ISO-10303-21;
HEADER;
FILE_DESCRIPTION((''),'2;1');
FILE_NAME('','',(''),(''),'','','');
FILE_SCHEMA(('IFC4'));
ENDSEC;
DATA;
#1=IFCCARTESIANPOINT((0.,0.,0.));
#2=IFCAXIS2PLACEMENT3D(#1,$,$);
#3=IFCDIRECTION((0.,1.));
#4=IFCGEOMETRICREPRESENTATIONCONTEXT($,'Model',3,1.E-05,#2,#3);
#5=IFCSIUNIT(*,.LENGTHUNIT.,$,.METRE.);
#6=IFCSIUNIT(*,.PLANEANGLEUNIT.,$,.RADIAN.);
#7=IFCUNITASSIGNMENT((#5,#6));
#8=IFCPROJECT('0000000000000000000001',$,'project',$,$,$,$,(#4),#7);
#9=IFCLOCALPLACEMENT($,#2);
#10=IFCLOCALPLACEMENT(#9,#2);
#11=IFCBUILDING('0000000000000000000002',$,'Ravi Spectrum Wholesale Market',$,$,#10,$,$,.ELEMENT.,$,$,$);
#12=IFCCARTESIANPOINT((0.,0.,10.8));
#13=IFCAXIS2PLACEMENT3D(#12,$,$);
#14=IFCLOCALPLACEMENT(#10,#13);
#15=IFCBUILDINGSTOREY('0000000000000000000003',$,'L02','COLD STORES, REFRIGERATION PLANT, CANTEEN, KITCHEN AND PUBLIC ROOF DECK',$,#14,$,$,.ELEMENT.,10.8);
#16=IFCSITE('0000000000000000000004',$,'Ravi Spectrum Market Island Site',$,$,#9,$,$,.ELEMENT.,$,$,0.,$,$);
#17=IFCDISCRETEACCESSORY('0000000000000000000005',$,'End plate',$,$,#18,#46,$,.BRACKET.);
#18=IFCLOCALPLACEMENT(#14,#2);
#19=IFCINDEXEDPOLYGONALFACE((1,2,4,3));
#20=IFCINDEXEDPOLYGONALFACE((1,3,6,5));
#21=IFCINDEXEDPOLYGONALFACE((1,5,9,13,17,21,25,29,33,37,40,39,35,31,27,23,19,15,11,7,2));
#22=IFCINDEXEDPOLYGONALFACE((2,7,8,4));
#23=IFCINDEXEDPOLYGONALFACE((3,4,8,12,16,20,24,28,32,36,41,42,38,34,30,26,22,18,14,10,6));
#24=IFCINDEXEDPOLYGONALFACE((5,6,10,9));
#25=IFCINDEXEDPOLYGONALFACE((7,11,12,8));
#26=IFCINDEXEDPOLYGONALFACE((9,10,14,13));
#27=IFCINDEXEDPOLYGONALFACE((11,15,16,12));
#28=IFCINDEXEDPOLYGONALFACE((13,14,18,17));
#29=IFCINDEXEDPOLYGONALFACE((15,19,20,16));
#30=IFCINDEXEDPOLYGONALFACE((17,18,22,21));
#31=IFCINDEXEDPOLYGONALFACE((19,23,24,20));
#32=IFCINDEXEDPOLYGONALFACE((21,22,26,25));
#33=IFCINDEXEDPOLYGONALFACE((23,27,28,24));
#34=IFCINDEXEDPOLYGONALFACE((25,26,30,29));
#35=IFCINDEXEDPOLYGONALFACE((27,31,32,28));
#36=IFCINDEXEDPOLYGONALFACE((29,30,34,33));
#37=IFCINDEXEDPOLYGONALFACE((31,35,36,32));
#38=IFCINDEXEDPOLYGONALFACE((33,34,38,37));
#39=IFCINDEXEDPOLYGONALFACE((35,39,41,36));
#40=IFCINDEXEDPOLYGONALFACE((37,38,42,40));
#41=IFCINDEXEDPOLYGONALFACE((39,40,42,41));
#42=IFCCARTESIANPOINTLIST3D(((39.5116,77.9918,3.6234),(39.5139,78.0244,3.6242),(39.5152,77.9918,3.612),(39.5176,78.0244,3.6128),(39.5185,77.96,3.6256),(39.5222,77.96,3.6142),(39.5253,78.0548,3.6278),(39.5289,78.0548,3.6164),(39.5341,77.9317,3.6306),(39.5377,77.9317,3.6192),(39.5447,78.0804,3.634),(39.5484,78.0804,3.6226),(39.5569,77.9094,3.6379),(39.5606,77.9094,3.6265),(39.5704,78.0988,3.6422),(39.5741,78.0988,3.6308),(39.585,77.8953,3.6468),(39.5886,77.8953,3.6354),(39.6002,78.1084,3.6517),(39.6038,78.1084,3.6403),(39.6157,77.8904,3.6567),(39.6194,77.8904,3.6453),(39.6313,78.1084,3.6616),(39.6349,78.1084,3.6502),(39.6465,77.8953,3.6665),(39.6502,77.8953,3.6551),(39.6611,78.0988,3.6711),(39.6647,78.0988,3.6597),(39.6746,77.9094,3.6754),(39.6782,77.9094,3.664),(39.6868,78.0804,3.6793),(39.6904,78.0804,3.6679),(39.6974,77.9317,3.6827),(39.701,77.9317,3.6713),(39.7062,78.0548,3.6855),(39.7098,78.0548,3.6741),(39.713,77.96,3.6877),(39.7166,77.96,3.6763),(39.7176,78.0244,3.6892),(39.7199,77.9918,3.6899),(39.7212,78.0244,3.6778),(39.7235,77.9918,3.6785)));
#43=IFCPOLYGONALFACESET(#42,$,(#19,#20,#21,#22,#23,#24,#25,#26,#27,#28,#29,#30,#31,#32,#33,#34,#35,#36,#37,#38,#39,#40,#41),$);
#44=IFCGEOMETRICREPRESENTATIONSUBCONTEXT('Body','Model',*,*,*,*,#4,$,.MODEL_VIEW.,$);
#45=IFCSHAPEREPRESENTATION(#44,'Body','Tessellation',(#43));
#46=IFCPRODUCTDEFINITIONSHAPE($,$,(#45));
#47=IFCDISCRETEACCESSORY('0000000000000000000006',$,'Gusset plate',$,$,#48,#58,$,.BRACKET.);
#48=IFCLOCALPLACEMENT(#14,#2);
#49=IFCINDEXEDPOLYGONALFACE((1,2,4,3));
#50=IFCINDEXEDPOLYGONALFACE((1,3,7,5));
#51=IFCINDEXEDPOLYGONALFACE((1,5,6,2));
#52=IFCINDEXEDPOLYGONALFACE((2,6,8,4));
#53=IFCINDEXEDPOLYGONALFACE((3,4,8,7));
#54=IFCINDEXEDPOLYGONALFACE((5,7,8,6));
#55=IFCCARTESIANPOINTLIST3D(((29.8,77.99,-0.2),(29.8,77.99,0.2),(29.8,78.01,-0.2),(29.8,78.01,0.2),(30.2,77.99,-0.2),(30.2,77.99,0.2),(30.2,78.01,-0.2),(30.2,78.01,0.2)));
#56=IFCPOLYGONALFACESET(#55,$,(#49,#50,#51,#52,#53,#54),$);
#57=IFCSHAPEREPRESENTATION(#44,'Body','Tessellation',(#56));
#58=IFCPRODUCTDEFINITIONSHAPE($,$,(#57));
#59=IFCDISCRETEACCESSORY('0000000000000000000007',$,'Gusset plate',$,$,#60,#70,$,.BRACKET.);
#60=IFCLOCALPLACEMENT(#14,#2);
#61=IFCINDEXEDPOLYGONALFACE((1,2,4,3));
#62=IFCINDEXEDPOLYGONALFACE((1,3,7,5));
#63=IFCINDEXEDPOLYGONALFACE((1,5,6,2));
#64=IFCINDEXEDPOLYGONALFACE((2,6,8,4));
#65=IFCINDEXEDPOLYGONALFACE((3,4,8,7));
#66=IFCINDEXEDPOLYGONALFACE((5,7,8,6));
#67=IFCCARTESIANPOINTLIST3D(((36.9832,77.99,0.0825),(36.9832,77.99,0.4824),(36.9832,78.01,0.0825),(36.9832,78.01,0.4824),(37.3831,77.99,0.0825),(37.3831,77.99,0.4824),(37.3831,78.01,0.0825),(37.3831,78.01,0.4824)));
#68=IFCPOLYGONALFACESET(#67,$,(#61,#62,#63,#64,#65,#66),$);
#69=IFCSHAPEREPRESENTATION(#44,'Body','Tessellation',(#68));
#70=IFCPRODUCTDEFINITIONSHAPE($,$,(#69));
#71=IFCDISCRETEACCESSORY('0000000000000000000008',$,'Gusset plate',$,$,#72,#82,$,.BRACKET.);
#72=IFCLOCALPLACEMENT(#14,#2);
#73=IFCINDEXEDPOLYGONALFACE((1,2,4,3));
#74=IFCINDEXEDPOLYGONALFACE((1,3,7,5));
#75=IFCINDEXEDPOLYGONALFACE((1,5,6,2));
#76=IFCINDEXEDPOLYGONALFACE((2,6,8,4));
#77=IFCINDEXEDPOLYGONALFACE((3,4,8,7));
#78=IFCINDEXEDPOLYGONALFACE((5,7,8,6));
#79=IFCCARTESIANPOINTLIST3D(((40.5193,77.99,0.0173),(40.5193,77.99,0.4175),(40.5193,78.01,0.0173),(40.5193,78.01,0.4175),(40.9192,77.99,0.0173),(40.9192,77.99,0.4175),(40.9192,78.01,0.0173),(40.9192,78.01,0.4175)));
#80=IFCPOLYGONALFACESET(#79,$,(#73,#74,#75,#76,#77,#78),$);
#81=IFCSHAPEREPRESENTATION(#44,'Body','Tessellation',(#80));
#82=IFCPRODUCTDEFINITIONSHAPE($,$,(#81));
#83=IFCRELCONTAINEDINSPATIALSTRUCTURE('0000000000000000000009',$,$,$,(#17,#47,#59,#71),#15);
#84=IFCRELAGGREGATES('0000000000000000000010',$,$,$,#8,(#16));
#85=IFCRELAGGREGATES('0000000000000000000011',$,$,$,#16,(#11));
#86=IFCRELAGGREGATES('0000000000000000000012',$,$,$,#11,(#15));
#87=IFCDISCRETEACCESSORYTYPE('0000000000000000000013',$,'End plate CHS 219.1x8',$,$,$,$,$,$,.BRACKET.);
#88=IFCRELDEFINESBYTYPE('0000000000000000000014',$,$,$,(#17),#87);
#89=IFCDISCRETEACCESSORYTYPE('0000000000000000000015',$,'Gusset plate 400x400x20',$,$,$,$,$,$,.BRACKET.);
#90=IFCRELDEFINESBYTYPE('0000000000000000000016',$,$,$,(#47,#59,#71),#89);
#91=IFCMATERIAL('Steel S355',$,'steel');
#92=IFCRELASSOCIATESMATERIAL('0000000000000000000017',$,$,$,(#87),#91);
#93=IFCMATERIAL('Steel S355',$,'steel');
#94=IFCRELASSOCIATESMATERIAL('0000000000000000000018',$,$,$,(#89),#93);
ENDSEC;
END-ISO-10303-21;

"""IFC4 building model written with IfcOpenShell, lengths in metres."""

from ifc_helpers import new_model, si_unit, direction, frame, origin, origin_2d, place, context, subcontext, project, spatial, rectangle, circle, extrude, material, material_profile, profile_set, type_object, element, save


model = new_model("IFC4")

# Units and contexts
model_context = context("Model", 3, precision=1e-05, world=origin(), true_north=direction((0.0, 1.0)))
body_context = subcontext(model_context, "Body", "Model", "MODEL_VIEW")
ifc_project = project(units=[si_unit("LENGTHUNIT", "METRE"), si_unit("PLANEANGLEUNIT", "RADIAN")], contexts=[model_context])

# Site, building, storey
site_placement = place(None, origin())
site = spatial("IfcSite", under=ifc_project, at=site_placement, Name="Ravi Spectrum Market Island Site", CompositionType="ELEMENT", RefElevation=0.0)
building_placement = place(site_placement, origin())
building = spatial("IfcBuilding", under=site, at=building_placement, Name="Ravi Spectrum Wholesale Market", CompositionType="ELEMENT")
storey_placement = place(building_placement, frame((0.0, 0.0, 10.8)))
storey = spatial("IfcBuildingStorey", under=building, at=storey_placement, Name="L02", Description="COLD STORES, REFRIGERATION PLANT, CANTEEN, KITCHEN AND PUBLIC ROOF DECK", CompositionType="ELEMENT", Elevation=10.8)

# Discrete accessories
ifc_material_1 = material(Name="Steel S355", Category="steel")
ifc_material_profile_1 = material_profile(ifc_material_1, circle(Radius=0.1096, at=origin_2d()))
ifc_profile_set_1 = profile_set([ifc_material_profile_1], Name="Steel S355")
discrete_accessory_type_1 = type_object("IfcDiscreteAccessoryType", Name="End plate CHS 219.1x8", PredefinedType="BRACKET", material=ifc_profile_set_1)
for number, where, z_axis, x_axis, name in (
    (1, (39.6194, 78.0, 3.6453), (-0.30404, 0.0, 0.952659), (0.0, -1.0, 0.0), "End plate"),
):
    element("IfcDiscreteAccessory", number, at=place(storey_placement, frame(where, z_axis=z_axis, x_axis=x_axis)), inside=storey, type_object=discrete_accessory_type_1, Name=name, PredefinedType="BRACKET", context=body_context, shape_type="SweptSolid", body=[
        extrude(circle(Radius=0.1096, at=origin_2d()), origin(), (0.0, 0.0, 1.0), 0.012),
    ])
ifc_material_2 = material(Name="Steel S355", Category="steel")
ifc_material_profile_2 = material_profile(ifc_material_2, rectangle(XDim=0.3999, YDim=0.02, at=origin_2d()))
ifc_profile_set_2 = profile_set([ifc_material_profile_2], Name="Steel S355")
discrete_accessory_type_2 = type_object("IfcDiscreteAccessoryType", Name="Gusset plate 400x400x20", PredefinedType="BRACKET", material=ifc_profile_set_2)
for number, where, z_axis, x_axis, name in (
    (2, (30.0, 78.0, -0.2), (0.0, 0.0, 1.0), (1.0, 0.0, 0.0), "Gusset plate"),
    (3, (37.1831, 78.0, 0.0825), (0.0, 0.0, 1.0), (1.0, 0.0, 0.0), "Gusset plate"),
):
    element("IfcDiscreteAccessory", number, at=place(storey_placement, frame(where, z_axis=z_axis, x_axis=x_axis)), inside=storey, type_object=discrete_accessory_type_2, Name=name, PredefinedType="BRACKET", context=body_context, shape_type="SweptSolid", body=[
        extrude(rectangle(XDim=0.3999, YDim=0.02, at=origin_2d()), origin(), (0.0, 0.0, 1.0), 0.3999),
    ])
discrete_accessory_placement = place(storey_placement, frame((40.7192, 78.0, 0.0173), z_axis=(0.0, 0.0, 1.0), x_axis=(1.0, 0.0, 0.0)))
element("IfcDiscreteAccessory", 4, at=discrete_accessory_placement, inside=storey, type_object=discrete_accessory_type_2, Name="Gusset plate", PredefinedType="BRACKET", context=body_context, shape_type="SweptSolid", body=[
    extrude(rectangle(XDim=0.3999, YDim=0.02, at=origin_2d()), origin(), (0.0, 0.0, 1.0), 0.4001),
])

save(model, "model.ifc")
